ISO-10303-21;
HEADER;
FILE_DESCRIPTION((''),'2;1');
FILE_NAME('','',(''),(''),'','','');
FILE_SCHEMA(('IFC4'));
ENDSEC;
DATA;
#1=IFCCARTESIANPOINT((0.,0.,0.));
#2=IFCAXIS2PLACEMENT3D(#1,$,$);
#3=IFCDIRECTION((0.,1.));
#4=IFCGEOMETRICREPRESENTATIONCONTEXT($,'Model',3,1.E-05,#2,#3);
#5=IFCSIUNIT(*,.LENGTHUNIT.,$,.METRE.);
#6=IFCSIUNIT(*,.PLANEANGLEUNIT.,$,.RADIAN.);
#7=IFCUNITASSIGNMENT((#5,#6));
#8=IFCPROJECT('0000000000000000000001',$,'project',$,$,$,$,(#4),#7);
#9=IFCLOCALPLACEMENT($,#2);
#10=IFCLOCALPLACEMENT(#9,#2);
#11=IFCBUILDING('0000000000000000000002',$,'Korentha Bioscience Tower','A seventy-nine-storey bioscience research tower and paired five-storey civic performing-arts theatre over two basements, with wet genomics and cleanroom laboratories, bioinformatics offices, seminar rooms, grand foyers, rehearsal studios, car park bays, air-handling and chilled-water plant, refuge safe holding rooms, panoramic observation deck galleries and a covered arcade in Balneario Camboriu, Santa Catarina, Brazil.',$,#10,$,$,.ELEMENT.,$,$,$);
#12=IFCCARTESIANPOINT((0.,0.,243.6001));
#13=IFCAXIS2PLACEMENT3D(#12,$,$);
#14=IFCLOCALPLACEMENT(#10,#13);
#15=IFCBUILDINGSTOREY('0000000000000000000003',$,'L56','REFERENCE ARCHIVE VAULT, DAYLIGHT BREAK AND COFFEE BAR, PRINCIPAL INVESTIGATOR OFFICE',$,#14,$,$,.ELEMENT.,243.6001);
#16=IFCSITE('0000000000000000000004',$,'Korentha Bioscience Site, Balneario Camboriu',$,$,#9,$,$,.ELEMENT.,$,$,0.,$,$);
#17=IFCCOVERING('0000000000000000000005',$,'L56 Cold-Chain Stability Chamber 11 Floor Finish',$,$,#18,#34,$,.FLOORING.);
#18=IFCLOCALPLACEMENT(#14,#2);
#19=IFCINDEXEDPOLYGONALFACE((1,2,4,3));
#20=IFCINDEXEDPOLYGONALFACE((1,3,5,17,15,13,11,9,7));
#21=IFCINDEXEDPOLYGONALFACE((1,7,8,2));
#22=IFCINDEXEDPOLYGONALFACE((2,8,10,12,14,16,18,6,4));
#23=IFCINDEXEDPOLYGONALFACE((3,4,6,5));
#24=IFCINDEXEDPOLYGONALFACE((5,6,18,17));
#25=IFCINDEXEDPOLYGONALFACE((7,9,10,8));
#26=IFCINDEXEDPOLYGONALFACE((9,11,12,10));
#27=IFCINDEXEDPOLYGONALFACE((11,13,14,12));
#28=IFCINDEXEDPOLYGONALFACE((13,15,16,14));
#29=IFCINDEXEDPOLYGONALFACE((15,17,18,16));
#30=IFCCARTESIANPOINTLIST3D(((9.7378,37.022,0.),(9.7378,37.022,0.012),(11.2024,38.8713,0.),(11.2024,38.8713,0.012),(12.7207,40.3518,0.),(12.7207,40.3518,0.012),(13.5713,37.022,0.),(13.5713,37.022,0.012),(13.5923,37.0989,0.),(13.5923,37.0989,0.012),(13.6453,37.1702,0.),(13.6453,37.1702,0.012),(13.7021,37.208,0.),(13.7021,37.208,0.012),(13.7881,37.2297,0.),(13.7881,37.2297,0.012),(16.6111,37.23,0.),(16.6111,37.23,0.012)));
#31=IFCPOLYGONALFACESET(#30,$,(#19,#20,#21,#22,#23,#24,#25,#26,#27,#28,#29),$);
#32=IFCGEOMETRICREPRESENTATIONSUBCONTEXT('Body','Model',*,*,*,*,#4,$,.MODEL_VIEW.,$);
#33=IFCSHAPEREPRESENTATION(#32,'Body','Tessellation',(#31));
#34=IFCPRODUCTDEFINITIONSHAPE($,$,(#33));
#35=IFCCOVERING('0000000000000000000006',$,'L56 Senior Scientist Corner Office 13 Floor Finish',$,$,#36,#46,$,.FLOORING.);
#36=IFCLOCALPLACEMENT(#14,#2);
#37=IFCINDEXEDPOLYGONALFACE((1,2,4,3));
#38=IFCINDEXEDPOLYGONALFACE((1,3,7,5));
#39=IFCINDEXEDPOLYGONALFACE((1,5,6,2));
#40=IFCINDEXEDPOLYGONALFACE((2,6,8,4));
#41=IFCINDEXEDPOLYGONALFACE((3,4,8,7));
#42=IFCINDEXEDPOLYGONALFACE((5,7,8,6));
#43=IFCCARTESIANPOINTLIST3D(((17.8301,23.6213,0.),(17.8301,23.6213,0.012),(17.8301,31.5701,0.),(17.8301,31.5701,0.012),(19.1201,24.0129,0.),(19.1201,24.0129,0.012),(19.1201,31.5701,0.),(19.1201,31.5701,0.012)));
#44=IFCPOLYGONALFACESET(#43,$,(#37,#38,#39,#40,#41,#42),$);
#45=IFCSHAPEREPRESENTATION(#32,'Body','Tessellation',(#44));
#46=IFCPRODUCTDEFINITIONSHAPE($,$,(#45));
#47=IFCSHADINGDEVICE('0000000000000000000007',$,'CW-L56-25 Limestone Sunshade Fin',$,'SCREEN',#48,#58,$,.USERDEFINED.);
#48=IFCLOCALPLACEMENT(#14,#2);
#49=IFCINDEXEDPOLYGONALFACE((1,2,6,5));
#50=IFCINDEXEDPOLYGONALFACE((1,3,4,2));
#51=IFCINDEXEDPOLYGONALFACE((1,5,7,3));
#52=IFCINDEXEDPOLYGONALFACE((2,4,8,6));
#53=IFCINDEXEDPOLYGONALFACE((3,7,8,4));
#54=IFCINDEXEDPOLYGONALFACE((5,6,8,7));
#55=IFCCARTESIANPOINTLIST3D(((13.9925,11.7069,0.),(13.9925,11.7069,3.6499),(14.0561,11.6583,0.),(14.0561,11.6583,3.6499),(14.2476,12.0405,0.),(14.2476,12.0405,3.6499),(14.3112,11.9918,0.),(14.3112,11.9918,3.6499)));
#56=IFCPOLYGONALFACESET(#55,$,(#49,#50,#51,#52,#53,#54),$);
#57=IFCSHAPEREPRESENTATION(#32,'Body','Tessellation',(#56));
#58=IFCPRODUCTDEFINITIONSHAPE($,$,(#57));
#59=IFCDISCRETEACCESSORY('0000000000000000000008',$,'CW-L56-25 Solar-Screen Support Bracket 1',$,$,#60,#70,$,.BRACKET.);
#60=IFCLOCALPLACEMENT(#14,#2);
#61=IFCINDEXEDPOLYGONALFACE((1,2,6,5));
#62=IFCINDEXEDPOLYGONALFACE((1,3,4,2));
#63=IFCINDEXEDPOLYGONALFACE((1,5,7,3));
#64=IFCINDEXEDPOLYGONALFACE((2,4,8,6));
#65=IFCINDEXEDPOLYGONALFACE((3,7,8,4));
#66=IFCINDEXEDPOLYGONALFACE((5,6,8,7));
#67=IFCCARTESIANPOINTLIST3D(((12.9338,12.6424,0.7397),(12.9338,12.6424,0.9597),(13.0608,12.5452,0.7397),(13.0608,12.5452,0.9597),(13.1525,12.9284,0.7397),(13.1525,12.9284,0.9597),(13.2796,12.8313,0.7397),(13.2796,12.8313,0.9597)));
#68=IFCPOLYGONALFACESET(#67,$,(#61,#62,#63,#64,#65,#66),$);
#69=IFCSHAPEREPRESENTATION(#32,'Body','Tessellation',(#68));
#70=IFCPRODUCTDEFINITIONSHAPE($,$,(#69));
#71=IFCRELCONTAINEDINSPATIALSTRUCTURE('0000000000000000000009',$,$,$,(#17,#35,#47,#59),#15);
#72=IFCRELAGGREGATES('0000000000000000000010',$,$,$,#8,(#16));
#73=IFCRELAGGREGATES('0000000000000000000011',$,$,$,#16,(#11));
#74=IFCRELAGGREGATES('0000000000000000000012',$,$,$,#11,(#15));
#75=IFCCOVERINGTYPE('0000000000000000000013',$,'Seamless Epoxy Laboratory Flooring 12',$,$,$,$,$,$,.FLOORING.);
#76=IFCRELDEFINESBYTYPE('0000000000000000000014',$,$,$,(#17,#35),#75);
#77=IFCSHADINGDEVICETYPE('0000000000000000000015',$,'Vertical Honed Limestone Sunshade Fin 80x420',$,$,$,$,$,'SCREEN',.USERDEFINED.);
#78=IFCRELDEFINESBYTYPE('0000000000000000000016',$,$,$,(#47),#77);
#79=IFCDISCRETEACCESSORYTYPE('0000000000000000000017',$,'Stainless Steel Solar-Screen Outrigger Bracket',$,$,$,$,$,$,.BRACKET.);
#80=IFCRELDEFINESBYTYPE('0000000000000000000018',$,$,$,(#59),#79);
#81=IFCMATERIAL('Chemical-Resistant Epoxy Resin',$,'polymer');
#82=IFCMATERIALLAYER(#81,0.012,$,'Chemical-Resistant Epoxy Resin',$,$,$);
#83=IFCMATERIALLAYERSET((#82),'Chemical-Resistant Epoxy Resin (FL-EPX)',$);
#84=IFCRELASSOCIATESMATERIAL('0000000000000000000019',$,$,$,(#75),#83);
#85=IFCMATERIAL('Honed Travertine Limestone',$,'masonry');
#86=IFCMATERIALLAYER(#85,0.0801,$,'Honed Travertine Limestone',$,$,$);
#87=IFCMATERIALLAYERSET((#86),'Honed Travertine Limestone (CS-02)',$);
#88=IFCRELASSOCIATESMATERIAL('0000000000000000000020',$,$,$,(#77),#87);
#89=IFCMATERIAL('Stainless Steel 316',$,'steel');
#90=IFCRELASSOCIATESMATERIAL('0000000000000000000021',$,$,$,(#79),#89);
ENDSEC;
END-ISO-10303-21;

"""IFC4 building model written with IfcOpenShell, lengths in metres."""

from ifc_helpers import new_model, si_unit, direction, frame, origin, origin_2d, place, context, subcontext, project, spatial, polyline, rectangle, outline, extrude, material, layer, layer_set, type_object, element, save


model = new_model("IFC4")

# Units and contexts
model_context = context("Model", 3, precision=1e-05, world=origin(), true_north=direction((0.0, 1.0)))
body_context = subcontext(model_context, "Body", "Model", "MODEL_VIEW")
ifc_project = project(units=[si_unit("LENGTHUNIT", "METRE"), si_unit("PLANEANGLEUNIT", "RADIAN")], contexts=[model_context])

# Site, building, storey
site_placement = place(None, origin())
site = spatial("IfcSite", under=ifc_project, at=site_placement, Name="Korentha Bioscience Site, Balneario Camboriu", CompositionType="ELEMENT", RefElevation=0.0)
building_placement = place(site_placement, origin())
building = spatial("IfcBuilding", under=site, at=building_placement, Name="Korentha Bioscience Tower", Description="A seventy-nine-storey bioscience research tower and paired five-storey civic performing-arts theatre over two basements, with wet genomics and cleanroom laboratories, bioinformatics offices, seminar rooms, grand foyers, rehearsal studios, car park bays, air-handling and chilled-water plant, refuge safe holding rooms, panoramic observation deck galleries and a covered arcade in Balneario Camboriu, Santa Catarina, Brazil.", CompositionType="ELEMENT")
storey_placement = place(building_placement, frame((0.0, 0.0, 243.6001)))
storey = spatial("IfcBuildingStorey", under=building, at=storey_placement, Name="L56", Description="REFERENCE ARCHIVE VAULT, DAYLIGHT BREAK AND COFFEE BAR, PRINCIPAL INVESTIGATOR OFFICE", CompositionType="ELEMENT", Elevation=243.6001)

# Coverings
ifc_material_1 = material(Name="Chemical-Resistant Epoxy Resin", Category="polymer")
ifc_layer_1 = layer(ifc_material_1, 0.012, Name="Chemical-Resistant Epoxy Resin")
ifc_layer_set_1 = layer_set([ifc_layer_1], Name="Chemical-Resistant Epoxy Resin (FL-EPX)")
covering_type_1 = type_object("IfcCoveringType", Name="Seamless Epoxy Laboratory Flooring 12", PredefinedType="FLOORING", material=ifc_layer_set_1)
covering_1_placement = place(storey_placement, origin())
element("IfcCovering", 1, at=covering_1_placement, inside=storey, type_object=covering_type_1, Name="L56 Cold-Chain Stability Chamber 11 Floor Finish", PredefinedType="FLOORING", context=body_context, shape_type="SweptSolid", body=[
    extrude(outline(polyline([(11.2024, 38.8713), (12.7207, 40.3518), (16.6111, 37.23), (13.7881, 37.2297), (13.7021, 37.208), (13.6453, 37.1702), (13.5923, 37.0989), (13.5713, 37.022), (9.7378, 37.022), (11.2024, 38.8713)])), origin(), (0.0, 0.0, 1.0), 0.012),
])
covering_2_placement = place(storey_placement, origin())
element("IfcCovering", 2, at=covering_2_placement, inside=storey, type_object=covering_type_1, Name="L56 Senior Scientist Corner Office 13 Floor Finish", PredefinedType="FLOORING", context=body_context, shape_type="SweptSolid", body=[
    extrude(outline(polyline([(17.8301, 23.6213), (17.8301, 31.5701), (19.1201, 31.5701), (19.1201, 24.0129), (17.8301, 23.6213)])), origin(), (0.0, 0.0, 1.0), 0.012),
])

# Shading device
ifc_material_2 = material(Name="Honed Travertine Limestone", Category="masonry")
ifc_layer_2 = layer(ifc_material_2, 0.0801, Name="Honed Travertine Limestone")
ifc_layer_set_2 = layer_set([ifc_layer_2], Name="Honed Travertine Limestone (CS-02)")
shading_device_type_1 = type_object("IfcShadingDeviceType", Name="Vertical Honed Limestone Sunshade Fin 80x420", ElementType="SCREEN", PredefinedType="USERDEFINED", material=ifc_layer_set_2)
shading_device_1_placement = place(storey_placement, frame((14.1519, 11.8494, 0.0), z_axis=(0.0, 0.0, 1.0), x_axis=(0.794382, -0.607418, 0.0)))
element("IfcShadingDevice", 3, at=shading_device_1_placement, inside=storey, type_object=shading_device_type_1, Name="CW-L56-25 Limestone Sunshade Fin", ObjectType="SCREEN", PredefinedType="USERDEFINED", context=body_context, shape_type="SweptSolid", body=[
    extrude(rectangle(XDim=0.0801, YDim=0.4199, at=origin_2d()), origin(), (0.0, 0.0, 1.0), 3.6499),
])

# Discrete accessory
ifc_material_3 = material(Name="Stainless Steel 316", Category="steel")
discrete_accessory_type = type_object("IfcDiscreteAccessoryType", Name="Stainless Steel Solar-Screen Outrigger Bracket", PredefinedType="BRACKET", material=ifc_material_3)
discrete_accessory_placement = place(storey_placement, frame((13.1067, 12.7368, 0.7397), z_axis=(0.0, 0.0, 1.0), x_axis=(0.794382, -0.607418, 0.0)))
element("IfcDiscreteAccessory", 4, at=discrete_accessory_placement, inside=storey, type_object=discrete_accessory_type, Name="CW-L56-25 Solar-Screen Support Bracket 1", PredefinedType="BRACKET", context=body_context, shape_type="SweptSolid", body=[
    extrude(rectangle(XDim=0.1599, YDim=0.3601, at=origin_2d()), origin(), (0.0, 0.0, 1.0), 0.22),
])

save(model, "model.ifc")
